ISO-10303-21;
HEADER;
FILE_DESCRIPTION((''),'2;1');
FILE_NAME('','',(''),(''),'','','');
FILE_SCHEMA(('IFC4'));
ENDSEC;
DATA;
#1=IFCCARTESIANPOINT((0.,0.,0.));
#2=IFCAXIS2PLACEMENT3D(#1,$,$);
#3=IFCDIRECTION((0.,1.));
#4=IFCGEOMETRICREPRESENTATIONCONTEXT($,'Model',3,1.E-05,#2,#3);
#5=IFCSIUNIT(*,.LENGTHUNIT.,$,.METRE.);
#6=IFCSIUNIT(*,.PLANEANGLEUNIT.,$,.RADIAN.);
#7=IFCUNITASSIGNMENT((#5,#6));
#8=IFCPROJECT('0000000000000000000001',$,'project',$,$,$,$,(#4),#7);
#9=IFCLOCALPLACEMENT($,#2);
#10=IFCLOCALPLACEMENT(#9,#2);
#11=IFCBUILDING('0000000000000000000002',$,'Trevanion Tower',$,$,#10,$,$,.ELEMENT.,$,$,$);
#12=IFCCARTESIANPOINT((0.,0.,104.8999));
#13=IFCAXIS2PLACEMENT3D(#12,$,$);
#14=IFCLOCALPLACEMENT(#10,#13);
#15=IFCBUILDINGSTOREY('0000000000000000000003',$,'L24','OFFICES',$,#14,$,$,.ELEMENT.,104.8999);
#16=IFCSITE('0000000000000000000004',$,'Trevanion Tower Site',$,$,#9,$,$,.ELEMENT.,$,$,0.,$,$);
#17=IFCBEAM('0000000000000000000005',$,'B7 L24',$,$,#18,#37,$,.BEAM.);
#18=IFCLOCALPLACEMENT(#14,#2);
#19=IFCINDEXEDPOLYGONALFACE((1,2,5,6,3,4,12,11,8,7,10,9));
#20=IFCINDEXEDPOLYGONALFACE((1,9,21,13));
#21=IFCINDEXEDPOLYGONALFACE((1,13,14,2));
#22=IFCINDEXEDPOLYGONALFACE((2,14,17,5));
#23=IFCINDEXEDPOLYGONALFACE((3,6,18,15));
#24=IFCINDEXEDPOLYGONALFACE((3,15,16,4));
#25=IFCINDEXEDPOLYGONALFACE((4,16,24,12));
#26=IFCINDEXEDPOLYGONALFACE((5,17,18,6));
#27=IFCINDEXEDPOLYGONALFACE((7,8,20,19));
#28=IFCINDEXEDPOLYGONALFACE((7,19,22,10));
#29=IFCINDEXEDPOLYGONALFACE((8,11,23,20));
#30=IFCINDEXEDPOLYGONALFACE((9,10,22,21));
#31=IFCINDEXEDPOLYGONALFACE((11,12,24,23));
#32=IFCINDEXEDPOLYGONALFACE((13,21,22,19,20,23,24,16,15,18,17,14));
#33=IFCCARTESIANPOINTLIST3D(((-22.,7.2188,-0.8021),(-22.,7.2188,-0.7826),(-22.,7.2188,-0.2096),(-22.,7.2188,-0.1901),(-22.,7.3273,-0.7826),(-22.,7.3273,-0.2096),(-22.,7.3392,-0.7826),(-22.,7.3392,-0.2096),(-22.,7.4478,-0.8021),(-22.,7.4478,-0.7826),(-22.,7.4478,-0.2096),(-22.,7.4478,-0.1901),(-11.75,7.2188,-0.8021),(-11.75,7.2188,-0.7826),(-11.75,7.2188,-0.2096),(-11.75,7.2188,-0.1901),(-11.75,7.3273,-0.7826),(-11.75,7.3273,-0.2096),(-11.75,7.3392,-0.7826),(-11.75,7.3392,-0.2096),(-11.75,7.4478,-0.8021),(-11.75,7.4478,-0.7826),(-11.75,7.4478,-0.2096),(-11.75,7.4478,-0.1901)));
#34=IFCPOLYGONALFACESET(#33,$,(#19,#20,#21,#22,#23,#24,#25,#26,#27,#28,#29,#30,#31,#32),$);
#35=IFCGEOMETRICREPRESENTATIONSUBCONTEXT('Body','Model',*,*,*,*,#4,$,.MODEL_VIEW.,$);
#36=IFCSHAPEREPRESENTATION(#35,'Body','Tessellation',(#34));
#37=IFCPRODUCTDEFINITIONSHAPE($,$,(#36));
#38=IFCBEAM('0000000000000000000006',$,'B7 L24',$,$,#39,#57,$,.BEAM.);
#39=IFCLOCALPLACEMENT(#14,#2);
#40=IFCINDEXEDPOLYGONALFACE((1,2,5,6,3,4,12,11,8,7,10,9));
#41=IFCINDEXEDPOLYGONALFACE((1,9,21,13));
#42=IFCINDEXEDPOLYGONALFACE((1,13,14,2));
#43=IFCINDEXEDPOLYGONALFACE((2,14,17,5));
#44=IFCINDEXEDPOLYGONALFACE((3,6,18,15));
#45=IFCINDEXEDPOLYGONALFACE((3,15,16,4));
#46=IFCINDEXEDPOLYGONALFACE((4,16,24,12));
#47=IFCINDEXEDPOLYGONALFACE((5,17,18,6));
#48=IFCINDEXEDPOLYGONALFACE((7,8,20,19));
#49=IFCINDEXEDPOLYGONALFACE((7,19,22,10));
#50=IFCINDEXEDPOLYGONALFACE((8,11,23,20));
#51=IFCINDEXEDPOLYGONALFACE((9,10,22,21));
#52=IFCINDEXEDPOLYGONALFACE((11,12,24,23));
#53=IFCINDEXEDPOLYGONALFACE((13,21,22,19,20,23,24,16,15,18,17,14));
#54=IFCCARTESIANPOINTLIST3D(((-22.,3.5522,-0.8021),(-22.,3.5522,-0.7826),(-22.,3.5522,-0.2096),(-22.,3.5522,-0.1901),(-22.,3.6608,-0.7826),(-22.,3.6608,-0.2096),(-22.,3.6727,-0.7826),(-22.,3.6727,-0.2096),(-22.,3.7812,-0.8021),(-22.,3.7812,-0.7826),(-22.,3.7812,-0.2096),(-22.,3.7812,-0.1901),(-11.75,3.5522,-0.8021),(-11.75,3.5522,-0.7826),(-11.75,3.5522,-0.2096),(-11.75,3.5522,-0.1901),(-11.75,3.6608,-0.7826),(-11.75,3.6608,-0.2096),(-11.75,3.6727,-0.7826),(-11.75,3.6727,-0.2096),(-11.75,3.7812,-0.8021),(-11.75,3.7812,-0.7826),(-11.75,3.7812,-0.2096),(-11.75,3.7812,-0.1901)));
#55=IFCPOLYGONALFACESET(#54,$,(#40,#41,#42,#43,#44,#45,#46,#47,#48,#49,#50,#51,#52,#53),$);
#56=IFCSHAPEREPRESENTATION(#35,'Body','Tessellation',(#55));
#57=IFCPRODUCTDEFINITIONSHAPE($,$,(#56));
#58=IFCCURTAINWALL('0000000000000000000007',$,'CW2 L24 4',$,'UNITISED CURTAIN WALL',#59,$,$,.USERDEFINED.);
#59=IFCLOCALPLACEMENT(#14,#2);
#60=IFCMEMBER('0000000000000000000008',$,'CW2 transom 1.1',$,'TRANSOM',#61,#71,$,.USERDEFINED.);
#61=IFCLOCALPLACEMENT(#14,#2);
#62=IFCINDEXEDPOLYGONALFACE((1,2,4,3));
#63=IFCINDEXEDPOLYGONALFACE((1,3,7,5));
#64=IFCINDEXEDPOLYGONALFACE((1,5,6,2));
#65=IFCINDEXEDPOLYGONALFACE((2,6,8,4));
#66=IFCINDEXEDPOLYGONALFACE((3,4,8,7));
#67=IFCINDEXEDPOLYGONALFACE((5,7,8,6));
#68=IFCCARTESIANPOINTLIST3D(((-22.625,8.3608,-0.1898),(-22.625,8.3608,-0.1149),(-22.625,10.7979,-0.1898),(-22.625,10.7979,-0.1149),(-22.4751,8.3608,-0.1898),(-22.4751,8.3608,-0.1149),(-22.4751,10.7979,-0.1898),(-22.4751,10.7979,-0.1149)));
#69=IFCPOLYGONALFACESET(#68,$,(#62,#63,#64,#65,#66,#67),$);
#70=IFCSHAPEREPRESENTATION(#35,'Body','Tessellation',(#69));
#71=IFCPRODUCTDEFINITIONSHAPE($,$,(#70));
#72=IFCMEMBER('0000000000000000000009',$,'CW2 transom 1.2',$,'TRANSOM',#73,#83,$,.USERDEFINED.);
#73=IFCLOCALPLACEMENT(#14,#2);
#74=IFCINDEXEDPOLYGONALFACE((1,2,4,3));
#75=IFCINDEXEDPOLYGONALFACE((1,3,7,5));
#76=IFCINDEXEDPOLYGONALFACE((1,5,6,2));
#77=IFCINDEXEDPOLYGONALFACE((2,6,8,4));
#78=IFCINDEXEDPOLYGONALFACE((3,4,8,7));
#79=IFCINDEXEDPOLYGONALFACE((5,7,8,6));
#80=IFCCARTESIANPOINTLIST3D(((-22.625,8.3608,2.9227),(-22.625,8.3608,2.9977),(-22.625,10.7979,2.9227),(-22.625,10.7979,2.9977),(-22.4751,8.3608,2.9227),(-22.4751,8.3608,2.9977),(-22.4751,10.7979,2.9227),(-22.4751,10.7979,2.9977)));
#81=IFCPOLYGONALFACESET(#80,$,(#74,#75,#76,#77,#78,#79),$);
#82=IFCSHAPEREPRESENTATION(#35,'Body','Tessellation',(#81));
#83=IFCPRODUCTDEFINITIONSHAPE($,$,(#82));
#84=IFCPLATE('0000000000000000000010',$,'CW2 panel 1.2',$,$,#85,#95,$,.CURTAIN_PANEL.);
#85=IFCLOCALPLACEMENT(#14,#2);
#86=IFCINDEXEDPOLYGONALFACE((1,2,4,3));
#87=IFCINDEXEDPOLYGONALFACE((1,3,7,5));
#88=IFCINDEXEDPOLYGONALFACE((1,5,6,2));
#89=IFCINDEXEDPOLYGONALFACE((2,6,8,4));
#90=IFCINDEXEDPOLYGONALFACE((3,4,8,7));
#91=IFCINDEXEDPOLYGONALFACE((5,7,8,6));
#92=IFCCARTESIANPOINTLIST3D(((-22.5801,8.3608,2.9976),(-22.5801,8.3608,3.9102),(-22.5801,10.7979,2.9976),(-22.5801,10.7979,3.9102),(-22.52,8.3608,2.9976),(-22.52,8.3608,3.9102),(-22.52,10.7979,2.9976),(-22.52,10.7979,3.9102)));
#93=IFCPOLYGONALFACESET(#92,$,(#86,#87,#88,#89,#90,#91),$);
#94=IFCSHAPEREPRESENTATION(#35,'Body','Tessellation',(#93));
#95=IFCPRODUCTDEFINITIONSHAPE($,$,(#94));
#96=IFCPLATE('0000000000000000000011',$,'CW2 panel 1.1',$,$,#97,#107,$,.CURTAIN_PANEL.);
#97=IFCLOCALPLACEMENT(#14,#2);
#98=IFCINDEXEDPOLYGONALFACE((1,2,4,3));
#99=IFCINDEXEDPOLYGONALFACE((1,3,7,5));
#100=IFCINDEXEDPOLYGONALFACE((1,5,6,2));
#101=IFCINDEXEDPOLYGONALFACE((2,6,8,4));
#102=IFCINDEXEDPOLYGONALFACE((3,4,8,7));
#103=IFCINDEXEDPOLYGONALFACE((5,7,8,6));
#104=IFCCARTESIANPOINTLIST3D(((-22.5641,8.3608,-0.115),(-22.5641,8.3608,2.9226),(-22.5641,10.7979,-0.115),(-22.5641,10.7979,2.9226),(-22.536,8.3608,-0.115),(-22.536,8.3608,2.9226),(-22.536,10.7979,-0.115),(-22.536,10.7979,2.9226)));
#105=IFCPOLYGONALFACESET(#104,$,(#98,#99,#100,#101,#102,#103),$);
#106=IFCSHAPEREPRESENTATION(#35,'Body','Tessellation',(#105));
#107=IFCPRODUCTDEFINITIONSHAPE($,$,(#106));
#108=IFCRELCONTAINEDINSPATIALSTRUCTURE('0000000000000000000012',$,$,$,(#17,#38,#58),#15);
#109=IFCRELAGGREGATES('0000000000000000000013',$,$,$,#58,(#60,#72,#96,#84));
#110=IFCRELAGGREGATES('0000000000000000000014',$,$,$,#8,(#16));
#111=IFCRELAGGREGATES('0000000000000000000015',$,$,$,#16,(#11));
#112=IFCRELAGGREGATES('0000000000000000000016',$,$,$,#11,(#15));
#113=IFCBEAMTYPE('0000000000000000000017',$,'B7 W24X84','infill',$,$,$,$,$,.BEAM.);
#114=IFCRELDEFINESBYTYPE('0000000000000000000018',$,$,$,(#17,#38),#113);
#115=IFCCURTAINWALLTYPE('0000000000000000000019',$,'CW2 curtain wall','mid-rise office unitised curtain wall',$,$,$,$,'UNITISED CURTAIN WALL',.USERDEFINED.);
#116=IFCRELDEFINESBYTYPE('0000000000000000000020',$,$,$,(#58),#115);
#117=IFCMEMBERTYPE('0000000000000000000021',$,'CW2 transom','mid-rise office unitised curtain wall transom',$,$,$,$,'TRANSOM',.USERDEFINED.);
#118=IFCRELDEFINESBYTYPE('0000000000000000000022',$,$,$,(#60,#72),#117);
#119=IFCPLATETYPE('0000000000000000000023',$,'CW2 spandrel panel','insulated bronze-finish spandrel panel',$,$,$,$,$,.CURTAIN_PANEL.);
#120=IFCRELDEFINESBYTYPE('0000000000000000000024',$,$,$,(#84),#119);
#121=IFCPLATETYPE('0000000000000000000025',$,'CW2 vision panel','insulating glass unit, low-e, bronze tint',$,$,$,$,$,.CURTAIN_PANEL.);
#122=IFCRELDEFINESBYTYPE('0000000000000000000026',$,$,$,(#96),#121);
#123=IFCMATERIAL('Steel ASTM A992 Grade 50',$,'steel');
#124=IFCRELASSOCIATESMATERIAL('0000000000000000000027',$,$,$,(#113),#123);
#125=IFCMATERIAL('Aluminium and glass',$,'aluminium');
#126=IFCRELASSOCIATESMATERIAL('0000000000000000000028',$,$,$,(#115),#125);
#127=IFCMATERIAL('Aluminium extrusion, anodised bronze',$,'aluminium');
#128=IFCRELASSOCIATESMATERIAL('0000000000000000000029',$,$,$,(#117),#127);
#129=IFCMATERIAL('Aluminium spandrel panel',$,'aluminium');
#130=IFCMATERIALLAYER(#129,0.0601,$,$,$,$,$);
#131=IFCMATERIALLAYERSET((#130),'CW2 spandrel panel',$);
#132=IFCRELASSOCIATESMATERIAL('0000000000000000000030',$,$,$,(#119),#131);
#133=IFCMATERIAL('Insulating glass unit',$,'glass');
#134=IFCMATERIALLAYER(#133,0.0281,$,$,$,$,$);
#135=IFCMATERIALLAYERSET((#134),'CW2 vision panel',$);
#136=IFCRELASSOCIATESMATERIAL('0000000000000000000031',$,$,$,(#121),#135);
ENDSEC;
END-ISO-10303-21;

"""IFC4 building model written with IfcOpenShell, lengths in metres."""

from ifc_helpers import new_model, si_unit, direction, frame, origin, origin_2d, place, context, subcontext, project, spatial, rectangle, i_section, extrude, material, layer, layer_set, material_profile, profile_set, type_object, element, aggregate, save


model = new_model("IFC4")

# Units and contexts
model_context = context("Model", 3, precision=1e-05, world=origin(), true_north=direction((0.0, 1.0)))
body_context = subcontext(model_context, "Body", "Model", "MODEL_VIEW")
ifc_project = project(units=[si_unit("LENGTHUNIT", "METRE"), si_unit("PLANEANGLEUNIT", "RADIAN")], contexts=[model_context])

# Site, building, storey
site_placement = place(None, origin())
site = spatial("IfcSite", under=ifc_project, at=site_placement, Name="Trevanion Tower Site", CompositionType="ELEMENT", RefElevation=0.0)
building_placement = place(site_placement, origin())
building = spatial("IfcBuilding", under=site, at=building_placement, Name="Trevanion Tower", CompositionType="ELEMENT")
storey_placement = place(building_placement, frame((0.0, 0.0, 104.8999)))
storey = spatial("IfcBuildingStorey", under=building, at=storey_placement, Name="L24", Description="OFFICES", CompositionType="ELEMENT", Elevation=104.8999)

# Beams
ifc_material_1 = material(Name="Steel ASTM A992 Grade 50", Category="steel")
ifc_material_profile_1 = material_profile(ifc_material_1, i_section(OverallWidth=0.229, OverallDepth=0.6121, WebThickness=0.012, FlangeThickness=0.0195, at=origin_2d()), Name="W24X84")
ifc_profile_set_1 = profile_set([ifc_material_profile_1], Name="Steel ASTM A992 Grade 50")
beam_type = type_object("IfcBeamType", Name="B7 W24X84", Description="infill", PredefinedType="BEAM", material=ifc_profile_set_1)
for number, where, z_axis, x_axis, name in (
    (1, (-11.75, 7.3333, -0.4961), (-1.0, 0.0, 0.0), (0.0, -1.0, 0.0), "B7 L24"),
    (2, (-11.75, 3.6667, -0.4961), (-1.0, 0.0, 0.0), (0.0, -1.0, 0.0), "B7 L24"),
):
    element("IfcBeam", number, at=place(storey_placement, frame(where, z_axis=z_axis, x_axis=x_axis)), inside=storey, type_object=beam_type, Name=name, PredefinedType="BEAM", context=body_context, shape_type="SweptSolid", body=[
        extrude(i_section(OverallWidth=0.229, OverallDepth=0.6121, WebThickness=0.012, FlangeThickness=0.0195, at=origin_2d()), origin(), (0.0, 0.0, 1.0), 10.25),
    ])

# Curtain wall, members, plates
ifc_material_2 = material(Name="Aluminium and glass", Category="aluminium")
curtain_wall_type = type_object("IfcCurtainWallType", Name="CW2 curtain wall", Description="mid-rise office unitised curtain wall", ElementType="UNITISED CURTAIN WALL", PredefinedType="USERDEFINED", material=ifc_material_2)
curtain_wall_placement = place(storey_placement, origin())
curtain_wall = element("IfcCurtainWall", 3, at=curtain_wall_placement, inside=storey, type_object=curtain_wall_type, Name="CW2 L24 4", ObjectType="UNITISED CURTAIN WALL", PredefinedType="USERDEFINED")
ifc_material_3 = material(Name="Aluminium extrusion, anodised bronze", Category="aluminium")
ifc_material_profile_2 = material_profile(ifc_material_3, rectangle(XDim=0.1499, YDim=0.075, at=origin_2d()), Name="CW2 transom")
ifc_profile_set_2 = profile_set([ifc_material_profile_2], Name="Aluminium extrusion, anodised bronze")
member_type = type_object("IfcMemberType", Name="CW2 transom", Description="mid-rise office unitised curtain wall transom", ElementType="TRANSOM", PredefinedType="USERDEFINED", material=ifc_profile_set_2)
member_1_placement = place(storey_placement, frame((-22.55, 10.7979, -0.1523), z_axis=(0.0, -1.0, 0.0), x_axis=(1.0, 0.0, 0.0)))
member_1 = element("IfcMember", 4, at=member_1_placement, type_object=member_type, Name="CW2 transom 1.1", ObjectType="TRANSOM", PredefinedType="USERDEFINED", context=body_context, shape_type="SweptSolid", body=[
    extrude(rectangle(XDim=0.1499, YDim=0.075, at=origin_2d()), origin(), (0.0, 0.0, 1.0), 2.437),
])
member_2_placement = place(storey_placement, frame((-22.55, 10.7979, 2.9602), z_axis=(0.0, -1.0, 0.0), x_axis=(1.0, 0.0, 0.0)))
member_2 = element("IfcMember", 5, at=member_2_placement, type_object=member_type, Name="CW2 transom 1.2", ObjectType="TRANSOM", PredefinedType="USERDEFINED", context=body_context, shape_type="SweptSolid", body=[
    extrude(rectangle(XDim=0.1499, YDim=0.075, at=origin_2d()), origin(), (0.0, 0.0, 1.0), 2.437),
])
ifc_material_4 = material(Name="Aluminium spandrel panel", Category="aluminium")
ifc_layer_1 = layer(ifc_material_4, 0.0601)
ifc_layer_set_1 = layer_set([ifc_layer_1], Name="CW2 spandrel panel")
plate_type_1 = type_object("IfcPlateType", Name="CW2 spandrel panel", Description="insulated bronze-finish spandrel panel", PredefinedType="CURTAIN_PANEL", material=ifc_layer_set_1)
plate_1_placement = place(storey_placement, frame((-22.55, 9.5793, 2.9976), z_axis=(0.0, 0.0, 1.0), x_axis=(0.0, -1.0, 0.0)))
plate_1 = element("IfcPlate", 6, at=plate_1_placement, type_object=plate_type_1, Name="CW2 panel 1.2", PredefinedType="CURTAIN_PANEL", context=body_context, shape_type="SweptSolid", body=[
    extrude(rectangle(XDim=2.437, YDim=0.0601, at=origin_2d()), origin(), (0.0, 0.0, 1.0), 0.9126),
])
ifc_material_5 = material(Name="Insulating glass unit", Category="glass")
ifc_layer_2 = layer(ifc_material_5, 0.0281)
ifc_layer_set_2 = layer_set([ifc_layer_2], Name="CW2 vision panel")
plate_type_2 = type_object("IfcPlateType", Name="CW2 vision panel", Description="insulating glass unit, low-e, bronze tint", PredefinedType="CURTAIN_PANEL", material=ifc_layer_set_2)
plate_2_placement = place(storey_placement, frame((-22.55, 9.5793, -0.115), z_axis=(0.0, 0.0, 1.0), x_axis=(0.0, -1.0, 0.0)))
plate_2 = element("IfcPlate", 7, at=plate_2_placement, type_object=plate_type_2, Name="CW2 panel 1.1", PredefinedType="CURTAIN_PANEL", context=body_context, shape_type="SweptSolid", body=[
    extrude(rectangle(XDim=2.437, YDim=0.0281, at=origin_2d()), origin(), (0.0, 0.0, 1.0), 3.0376),
])
aggregate(curtain_wall, [member_1, member_2, plate_2, plate_1])

save(model, "model.ifc")
